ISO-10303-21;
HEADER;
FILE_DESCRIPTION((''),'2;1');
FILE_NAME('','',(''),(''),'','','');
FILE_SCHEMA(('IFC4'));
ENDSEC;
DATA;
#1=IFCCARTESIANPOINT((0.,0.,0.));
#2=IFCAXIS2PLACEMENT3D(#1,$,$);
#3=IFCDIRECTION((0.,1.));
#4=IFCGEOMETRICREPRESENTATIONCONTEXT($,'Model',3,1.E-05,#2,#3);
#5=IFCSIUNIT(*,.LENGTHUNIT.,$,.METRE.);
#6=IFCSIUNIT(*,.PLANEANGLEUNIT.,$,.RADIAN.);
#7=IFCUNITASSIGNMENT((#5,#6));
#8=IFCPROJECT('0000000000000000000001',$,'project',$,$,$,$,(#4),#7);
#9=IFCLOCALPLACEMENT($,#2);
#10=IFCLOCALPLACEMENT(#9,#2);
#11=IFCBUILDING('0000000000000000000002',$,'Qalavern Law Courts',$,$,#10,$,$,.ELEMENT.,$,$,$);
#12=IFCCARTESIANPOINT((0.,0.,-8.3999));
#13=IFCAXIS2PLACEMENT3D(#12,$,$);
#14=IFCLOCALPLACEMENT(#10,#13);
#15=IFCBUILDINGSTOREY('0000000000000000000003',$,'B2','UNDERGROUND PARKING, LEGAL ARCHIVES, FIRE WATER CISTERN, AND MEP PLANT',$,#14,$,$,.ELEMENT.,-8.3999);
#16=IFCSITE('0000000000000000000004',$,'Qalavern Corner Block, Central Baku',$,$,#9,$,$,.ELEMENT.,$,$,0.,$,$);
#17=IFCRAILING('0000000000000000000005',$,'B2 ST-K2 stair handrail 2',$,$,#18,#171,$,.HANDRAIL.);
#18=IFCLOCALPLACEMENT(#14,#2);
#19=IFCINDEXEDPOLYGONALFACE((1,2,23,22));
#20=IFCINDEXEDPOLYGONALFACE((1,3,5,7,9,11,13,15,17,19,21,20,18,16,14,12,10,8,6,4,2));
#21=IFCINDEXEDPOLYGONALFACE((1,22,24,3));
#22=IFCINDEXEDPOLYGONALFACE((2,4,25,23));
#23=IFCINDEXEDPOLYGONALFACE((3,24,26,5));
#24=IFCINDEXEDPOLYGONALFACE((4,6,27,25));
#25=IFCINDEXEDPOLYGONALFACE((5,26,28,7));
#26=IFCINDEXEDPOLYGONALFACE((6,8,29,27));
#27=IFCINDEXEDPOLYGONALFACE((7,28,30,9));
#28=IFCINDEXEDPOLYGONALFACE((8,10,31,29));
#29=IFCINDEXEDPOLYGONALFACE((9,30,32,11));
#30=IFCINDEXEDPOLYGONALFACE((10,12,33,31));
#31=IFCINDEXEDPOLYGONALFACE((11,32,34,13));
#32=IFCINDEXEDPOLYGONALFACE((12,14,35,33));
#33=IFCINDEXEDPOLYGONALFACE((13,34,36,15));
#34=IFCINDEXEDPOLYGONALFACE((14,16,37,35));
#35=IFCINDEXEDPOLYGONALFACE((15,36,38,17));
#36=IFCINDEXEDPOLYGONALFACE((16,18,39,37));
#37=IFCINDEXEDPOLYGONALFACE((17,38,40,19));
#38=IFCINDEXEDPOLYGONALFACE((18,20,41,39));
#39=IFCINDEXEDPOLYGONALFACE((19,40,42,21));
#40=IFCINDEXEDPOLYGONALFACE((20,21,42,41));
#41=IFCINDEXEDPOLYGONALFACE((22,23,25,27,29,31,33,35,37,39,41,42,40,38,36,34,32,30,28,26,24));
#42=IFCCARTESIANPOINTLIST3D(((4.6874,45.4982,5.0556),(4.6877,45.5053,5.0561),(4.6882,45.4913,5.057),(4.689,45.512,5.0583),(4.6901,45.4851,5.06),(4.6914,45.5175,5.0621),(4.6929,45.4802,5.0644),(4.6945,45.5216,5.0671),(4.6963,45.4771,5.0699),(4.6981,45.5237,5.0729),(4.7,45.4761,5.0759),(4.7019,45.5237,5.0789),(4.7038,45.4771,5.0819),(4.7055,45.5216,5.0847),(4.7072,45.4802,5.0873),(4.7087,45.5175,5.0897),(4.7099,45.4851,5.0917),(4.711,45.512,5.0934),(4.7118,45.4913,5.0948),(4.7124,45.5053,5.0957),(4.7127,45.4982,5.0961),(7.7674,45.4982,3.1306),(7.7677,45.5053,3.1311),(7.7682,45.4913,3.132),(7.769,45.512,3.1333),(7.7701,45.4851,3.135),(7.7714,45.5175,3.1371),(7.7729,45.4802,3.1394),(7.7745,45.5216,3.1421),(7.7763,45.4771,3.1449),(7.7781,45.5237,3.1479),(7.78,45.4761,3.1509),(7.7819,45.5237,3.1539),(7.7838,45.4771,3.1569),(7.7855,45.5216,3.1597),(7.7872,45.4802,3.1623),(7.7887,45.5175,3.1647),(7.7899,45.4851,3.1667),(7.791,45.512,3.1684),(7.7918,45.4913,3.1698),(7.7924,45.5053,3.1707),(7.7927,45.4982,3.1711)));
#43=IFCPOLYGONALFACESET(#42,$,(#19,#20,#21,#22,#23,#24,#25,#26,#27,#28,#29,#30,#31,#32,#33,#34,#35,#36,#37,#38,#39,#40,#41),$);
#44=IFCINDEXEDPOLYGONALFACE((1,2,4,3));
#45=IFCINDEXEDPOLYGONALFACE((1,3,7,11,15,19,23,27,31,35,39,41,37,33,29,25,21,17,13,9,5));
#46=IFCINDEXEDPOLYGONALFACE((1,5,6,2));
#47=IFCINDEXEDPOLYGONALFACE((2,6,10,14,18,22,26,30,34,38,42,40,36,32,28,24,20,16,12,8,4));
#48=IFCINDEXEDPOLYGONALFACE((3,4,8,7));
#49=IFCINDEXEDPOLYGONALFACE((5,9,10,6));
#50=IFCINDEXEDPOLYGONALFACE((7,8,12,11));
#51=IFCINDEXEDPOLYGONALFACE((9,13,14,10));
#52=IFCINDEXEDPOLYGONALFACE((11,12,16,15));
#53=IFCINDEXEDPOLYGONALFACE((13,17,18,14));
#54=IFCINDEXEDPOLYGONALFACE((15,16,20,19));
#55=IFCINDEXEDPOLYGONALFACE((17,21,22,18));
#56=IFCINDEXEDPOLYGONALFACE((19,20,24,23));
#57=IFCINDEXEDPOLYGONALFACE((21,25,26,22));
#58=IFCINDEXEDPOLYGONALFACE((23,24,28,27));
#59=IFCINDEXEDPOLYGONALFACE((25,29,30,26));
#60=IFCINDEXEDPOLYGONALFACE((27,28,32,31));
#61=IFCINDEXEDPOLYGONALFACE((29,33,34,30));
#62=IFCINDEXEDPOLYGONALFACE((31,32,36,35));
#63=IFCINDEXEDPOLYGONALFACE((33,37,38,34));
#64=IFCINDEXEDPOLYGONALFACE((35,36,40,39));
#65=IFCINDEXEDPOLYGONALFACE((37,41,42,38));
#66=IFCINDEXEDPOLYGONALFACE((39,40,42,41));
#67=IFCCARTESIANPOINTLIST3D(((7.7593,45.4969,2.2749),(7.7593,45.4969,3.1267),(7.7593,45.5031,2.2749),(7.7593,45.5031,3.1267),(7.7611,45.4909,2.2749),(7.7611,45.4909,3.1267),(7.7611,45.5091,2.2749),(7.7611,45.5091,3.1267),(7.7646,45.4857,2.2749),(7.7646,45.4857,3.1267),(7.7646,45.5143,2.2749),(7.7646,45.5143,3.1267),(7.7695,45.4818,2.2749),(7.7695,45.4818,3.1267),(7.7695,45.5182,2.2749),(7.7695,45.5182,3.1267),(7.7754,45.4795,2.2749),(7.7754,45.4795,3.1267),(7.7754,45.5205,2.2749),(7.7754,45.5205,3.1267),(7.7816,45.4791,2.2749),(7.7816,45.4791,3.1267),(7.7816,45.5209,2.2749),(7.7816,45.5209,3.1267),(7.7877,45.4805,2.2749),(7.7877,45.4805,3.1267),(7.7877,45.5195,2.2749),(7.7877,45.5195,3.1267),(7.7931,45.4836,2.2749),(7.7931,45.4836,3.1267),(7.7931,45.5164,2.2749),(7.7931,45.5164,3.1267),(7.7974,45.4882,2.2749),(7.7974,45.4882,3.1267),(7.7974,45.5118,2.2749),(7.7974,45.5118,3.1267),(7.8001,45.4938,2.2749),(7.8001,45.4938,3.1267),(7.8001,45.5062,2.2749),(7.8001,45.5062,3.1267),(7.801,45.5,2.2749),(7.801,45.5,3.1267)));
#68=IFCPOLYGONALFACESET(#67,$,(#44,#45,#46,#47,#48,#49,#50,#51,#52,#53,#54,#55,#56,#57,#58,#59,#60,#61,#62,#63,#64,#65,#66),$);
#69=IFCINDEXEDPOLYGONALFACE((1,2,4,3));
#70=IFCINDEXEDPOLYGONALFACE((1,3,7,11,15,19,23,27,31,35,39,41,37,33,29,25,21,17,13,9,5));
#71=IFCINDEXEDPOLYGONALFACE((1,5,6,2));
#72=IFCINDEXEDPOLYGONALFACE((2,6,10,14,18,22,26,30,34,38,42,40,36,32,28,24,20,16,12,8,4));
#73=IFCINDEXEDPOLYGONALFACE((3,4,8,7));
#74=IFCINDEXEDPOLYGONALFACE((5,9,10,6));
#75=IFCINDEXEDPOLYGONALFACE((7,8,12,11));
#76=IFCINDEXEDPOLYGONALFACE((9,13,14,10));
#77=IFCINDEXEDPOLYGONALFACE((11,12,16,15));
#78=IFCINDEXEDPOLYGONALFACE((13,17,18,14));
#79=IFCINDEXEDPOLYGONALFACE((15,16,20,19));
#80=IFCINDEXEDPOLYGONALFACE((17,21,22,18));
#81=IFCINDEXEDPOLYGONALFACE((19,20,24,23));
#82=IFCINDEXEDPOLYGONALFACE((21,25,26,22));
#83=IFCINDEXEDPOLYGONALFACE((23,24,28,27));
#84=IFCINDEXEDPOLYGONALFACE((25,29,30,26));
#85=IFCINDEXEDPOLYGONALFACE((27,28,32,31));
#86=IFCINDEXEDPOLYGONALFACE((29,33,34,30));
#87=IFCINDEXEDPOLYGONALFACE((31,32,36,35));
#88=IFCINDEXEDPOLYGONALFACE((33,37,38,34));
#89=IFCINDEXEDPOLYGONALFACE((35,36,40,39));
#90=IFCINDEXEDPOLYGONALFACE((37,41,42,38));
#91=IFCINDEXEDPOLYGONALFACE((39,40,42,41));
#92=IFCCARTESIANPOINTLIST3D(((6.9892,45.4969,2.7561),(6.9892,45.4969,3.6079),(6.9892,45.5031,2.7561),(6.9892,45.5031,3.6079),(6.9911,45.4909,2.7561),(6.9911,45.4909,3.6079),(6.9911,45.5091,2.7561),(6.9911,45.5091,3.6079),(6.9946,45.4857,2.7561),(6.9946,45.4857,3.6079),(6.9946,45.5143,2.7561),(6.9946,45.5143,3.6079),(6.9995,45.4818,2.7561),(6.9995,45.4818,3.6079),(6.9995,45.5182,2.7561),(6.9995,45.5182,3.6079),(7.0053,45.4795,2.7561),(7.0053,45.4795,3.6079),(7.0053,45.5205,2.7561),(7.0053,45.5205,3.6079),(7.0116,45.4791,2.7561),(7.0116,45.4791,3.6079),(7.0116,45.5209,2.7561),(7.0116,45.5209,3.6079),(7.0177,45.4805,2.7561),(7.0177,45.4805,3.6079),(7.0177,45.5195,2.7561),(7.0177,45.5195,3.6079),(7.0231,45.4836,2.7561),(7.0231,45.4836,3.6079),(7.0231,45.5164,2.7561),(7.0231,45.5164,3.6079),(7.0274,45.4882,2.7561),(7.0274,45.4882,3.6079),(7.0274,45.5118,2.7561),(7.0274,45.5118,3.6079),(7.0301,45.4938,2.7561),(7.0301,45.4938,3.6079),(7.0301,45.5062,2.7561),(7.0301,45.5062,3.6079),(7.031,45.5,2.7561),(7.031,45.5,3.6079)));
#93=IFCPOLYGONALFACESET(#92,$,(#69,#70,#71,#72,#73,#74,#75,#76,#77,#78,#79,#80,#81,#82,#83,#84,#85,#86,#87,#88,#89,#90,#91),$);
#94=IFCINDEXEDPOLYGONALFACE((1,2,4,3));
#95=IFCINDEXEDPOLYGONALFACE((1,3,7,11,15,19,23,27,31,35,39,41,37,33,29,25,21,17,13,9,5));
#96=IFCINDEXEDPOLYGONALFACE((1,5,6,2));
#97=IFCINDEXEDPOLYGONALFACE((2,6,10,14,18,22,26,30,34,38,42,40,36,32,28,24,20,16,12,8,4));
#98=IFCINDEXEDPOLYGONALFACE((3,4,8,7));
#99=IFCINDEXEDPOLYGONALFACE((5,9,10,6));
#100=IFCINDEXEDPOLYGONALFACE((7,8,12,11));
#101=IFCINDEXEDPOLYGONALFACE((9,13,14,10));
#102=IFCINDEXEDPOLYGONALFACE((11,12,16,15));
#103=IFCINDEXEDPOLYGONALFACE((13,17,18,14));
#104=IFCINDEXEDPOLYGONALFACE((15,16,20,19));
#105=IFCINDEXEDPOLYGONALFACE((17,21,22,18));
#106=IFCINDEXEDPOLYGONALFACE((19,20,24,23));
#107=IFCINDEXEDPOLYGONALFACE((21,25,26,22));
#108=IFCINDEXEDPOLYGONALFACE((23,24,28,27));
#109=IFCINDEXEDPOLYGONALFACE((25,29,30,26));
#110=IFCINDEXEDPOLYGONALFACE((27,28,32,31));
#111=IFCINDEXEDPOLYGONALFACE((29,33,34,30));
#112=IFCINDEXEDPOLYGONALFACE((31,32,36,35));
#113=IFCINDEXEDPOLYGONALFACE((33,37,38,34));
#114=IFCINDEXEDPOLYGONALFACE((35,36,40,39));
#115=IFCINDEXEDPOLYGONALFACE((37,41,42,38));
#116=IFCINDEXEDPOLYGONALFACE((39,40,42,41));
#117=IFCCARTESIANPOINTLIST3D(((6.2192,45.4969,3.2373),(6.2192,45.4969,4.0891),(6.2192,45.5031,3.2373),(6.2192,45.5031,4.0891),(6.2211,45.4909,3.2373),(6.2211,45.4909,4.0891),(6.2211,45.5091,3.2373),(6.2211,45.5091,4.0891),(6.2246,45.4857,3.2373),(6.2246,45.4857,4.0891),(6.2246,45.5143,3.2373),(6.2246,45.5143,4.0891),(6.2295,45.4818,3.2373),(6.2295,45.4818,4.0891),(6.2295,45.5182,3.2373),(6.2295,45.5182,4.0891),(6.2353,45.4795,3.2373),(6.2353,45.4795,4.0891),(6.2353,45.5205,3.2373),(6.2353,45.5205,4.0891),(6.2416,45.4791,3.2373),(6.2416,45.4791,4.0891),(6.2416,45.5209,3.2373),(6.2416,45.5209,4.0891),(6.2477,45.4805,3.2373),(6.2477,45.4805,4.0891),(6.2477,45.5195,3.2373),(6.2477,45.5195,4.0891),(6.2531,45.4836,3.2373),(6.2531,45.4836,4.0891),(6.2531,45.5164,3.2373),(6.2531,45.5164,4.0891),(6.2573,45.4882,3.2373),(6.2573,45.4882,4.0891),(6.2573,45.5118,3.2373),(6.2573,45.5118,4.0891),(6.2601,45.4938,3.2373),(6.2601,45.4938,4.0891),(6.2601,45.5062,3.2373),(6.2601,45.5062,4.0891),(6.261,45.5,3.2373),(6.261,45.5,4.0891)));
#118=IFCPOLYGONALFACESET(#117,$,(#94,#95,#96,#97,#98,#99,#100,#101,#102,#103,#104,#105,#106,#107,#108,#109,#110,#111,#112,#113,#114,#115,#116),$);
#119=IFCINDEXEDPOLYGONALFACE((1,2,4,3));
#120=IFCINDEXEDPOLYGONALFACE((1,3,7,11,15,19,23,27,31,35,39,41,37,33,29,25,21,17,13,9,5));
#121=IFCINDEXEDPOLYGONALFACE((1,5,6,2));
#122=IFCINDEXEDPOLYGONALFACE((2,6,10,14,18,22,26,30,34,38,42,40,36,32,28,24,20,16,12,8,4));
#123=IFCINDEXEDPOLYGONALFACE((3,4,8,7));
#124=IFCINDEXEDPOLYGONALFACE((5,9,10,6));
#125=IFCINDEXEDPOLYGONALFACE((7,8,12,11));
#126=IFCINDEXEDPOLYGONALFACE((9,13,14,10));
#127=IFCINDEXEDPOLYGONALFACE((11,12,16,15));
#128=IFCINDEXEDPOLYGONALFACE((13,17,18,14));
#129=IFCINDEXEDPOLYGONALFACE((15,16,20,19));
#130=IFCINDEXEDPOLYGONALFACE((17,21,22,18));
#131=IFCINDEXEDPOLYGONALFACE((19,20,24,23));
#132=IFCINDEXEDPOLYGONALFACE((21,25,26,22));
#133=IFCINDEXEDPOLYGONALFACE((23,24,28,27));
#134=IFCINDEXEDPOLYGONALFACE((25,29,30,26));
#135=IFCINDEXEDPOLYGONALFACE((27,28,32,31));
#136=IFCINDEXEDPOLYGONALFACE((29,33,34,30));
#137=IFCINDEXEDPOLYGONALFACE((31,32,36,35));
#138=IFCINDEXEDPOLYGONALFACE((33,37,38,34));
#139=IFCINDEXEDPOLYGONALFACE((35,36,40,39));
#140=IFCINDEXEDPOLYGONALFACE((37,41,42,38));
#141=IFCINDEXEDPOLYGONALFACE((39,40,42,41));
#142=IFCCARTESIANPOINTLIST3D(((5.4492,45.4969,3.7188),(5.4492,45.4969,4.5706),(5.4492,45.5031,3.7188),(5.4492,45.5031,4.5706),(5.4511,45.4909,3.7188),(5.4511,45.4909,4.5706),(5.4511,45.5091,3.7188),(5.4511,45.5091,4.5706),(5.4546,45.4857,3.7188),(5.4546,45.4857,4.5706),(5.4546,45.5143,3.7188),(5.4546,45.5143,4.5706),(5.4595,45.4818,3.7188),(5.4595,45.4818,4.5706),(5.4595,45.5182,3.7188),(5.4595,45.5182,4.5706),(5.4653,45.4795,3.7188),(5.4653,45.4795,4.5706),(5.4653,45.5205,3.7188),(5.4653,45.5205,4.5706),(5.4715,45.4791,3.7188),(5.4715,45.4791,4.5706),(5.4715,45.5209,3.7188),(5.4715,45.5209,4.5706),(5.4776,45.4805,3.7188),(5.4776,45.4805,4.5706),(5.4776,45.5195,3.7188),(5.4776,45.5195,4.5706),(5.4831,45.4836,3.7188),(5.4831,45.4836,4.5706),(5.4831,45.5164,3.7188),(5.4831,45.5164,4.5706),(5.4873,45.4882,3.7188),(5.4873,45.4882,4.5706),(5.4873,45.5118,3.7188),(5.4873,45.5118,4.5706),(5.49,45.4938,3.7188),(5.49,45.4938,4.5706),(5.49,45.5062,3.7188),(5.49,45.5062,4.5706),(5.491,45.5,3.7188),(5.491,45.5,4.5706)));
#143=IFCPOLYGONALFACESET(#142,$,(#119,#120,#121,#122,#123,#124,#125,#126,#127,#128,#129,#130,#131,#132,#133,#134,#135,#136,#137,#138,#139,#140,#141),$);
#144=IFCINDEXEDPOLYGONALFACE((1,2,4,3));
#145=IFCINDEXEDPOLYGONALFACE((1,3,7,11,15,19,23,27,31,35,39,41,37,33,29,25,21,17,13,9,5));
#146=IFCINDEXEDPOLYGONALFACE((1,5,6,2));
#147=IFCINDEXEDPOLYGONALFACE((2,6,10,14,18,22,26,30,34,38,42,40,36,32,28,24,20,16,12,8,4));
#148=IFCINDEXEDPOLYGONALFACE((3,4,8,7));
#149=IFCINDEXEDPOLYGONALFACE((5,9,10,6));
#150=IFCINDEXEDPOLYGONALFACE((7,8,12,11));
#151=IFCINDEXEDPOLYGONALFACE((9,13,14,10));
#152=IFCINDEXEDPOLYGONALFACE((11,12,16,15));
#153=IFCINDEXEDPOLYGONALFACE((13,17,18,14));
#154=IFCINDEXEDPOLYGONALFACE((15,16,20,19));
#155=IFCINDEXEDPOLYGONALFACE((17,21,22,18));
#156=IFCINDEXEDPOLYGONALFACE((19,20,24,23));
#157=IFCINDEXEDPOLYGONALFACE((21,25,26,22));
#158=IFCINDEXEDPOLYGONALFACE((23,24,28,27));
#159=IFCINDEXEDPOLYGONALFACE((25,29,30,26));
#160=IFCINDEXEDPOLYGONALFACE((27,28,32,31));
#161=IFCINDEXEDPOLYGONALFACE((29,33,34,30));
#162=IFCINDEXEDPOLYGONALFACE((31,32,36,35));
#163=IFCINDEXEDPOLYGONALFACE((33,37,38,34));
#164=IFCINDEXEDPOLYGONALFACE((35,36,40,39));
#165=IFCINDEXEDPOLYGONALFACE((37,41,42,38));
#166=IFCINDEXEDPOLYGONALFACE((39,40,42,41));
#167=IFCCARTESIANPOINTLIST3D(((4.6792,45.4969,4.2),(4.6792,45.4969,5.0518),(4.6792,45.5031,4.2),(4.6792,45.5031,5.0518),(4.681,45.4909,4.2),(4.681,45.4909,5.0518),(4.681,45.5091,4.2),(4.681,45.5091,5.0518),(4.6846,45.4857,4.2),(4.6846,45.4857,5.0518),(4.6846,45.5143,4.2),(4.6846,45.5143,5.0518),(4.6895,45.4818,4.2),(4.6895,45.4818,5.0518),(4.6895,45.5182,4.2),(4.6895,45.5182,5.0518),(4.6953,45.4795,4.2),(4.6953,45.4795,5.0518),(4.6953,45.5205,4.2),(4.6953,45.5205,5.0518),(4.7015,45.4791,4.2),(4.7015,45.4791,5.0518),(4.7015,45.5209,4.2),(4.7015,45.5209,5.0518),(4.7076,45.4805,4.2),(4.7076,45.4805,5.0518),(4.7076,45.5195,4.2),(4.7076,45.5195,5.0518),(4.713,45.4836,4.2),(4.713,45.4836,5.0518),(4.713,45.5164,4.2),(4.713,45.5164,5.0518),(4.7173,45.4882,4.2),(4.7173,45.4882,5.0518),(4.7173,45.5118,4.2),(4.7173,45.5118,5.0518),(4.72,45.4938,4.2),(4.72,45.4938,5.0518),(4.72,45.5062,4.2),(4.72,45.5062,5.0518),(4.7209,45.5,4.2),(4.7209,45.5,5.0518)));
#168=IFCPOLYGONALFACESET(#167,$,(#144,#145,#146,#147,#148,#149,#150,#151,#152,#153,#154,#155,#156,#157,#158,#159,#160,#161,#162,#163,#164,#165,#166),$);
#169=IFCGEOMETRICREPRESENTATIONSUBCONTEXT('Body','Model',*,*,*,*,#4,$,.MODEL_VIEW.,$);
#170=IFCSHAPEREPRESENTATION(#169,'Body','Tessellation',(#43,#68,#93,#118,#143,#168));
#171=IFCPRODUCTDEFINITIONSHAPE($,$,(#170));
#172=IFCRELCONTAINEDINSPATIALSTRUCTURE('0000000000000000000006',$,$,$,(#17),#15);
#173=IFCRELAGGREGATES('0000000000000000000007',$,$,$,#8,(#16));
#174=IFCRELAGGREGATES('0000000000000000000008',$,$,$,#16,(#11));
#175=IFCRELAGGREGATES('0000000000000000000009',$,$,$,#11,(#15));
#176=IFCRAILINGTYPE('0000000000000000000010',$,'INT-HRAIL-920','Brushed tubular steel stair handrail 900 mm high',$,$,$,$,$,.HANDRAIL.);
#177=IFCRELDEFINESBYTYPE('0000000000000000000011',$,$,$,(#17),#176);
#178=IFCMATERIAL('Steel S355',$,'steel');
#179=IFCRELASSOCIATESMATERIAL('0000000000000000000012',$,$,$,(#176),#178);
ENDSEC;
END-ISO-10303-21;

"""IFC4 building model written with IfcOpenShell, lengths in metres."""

from ifc_helpers import new_model, si_unit, direction, frame, origin, origin_2d, place, context, subcontext, project, spatial, circle, extrude, material, type_object, element, save


model = new_model("IFC4")

# Units and contexts
model_context = context("Model", 3, precision=1e-05, world=origin(), true_north=direction((0.0, 1.0)))
body_context = subcontext(model_context, "Body", "Model", "MODEL_VIEW")
ifc_project = project(units=[si_unit("LENGTHUNIT", "METRE"), si_unit("PLANEANGLEUNIT", "RADIAN")], contexts=[model_context])

# Site, building, storey
site_placement = place(None, origin())
site = spatial("IfcSite", under=ifc_project, at=site_placement, Name="Qalavern Corner Block, Central Baku", CompositionType="ELEMENT", RefElevation=0.0)
building_placement = place(site_placement, origin())
building = spatial("IfcBuilding", under=site, at=building_placement, Name="Qalavern Law Courts", CompositionType="ELEMENT")
storey_placement = place(building_placement, frame((0.0, 0.0, -8.3999)))
storey = spatial("IfcBuildingStorey", under=building, at=storey_placement, Name="B2", Description="UNDERGROUND PARKING, LEGAL ARCHIVES, FIRE WATER CISTERN, AND MEP PLANT", CompositionType="ELEMENT", Elevation=-8.3999)

# Railing
ifc_material_1 = material(Name="Steel S355", Category="steel")
railing_type_1 = type_object("IfcRailingType", Name="INT-HRAIL-920", Description="Brushed tubular steel stair handrail 900 mm high", PredefinedType="HANDRAIL", material=ifc_material_1)
railing_1_placement = place(storey_placement, frame((7.78, 45.5, 2.2749)))
element("IfcRailing", 1, at=railing_1_placement, inside=storey, type_object=railing_type_1, Name="B2 ST-K2 stair handrail 2", PredefinedType="HANDRAIL", context=body_context, shape_type="SweptSolid", body=[
    extrude(circle(Radius=0.0239, at=origin_2d()), frame((0.0, 0.0, 0.876), z_axis=(-0.847998, 0.0, 0.529999), x_axis=(0.0, -1.0, 0.0)), (0.0, 0.0, 1.0), 3.6321),
    extrude(circle(Radius=0.021, at=origin_2d()), origin(), (0.0, 0.0, 1.0), 0.8518),
    extrude(circle(Radius=0.021, at=origin_2d()), frame((-0.77, 0.0, 0.4812)), (0.0, 0.0, 1.0), 0.8518),
    extrude(circle(Radius=0.021, at=origin_2d()), frame((-1.54, 0.0, 0.9624)), (0.0, 0.0, 1.0), 0.8518),
    extrude(circle(Radius=0.021, at=origin_2d()), frame((-2.3101, 0.0, 1.4438)), (0.0, 0.0, 1.0), 0.8518),
    extrude(circle(Radius=0.021, at=origin_2d()), frame((-3.0801, 0.0, 1.925)), (0.0, 0.0, 1.0), 0.8518),
])

save(model, "model.ifc")
